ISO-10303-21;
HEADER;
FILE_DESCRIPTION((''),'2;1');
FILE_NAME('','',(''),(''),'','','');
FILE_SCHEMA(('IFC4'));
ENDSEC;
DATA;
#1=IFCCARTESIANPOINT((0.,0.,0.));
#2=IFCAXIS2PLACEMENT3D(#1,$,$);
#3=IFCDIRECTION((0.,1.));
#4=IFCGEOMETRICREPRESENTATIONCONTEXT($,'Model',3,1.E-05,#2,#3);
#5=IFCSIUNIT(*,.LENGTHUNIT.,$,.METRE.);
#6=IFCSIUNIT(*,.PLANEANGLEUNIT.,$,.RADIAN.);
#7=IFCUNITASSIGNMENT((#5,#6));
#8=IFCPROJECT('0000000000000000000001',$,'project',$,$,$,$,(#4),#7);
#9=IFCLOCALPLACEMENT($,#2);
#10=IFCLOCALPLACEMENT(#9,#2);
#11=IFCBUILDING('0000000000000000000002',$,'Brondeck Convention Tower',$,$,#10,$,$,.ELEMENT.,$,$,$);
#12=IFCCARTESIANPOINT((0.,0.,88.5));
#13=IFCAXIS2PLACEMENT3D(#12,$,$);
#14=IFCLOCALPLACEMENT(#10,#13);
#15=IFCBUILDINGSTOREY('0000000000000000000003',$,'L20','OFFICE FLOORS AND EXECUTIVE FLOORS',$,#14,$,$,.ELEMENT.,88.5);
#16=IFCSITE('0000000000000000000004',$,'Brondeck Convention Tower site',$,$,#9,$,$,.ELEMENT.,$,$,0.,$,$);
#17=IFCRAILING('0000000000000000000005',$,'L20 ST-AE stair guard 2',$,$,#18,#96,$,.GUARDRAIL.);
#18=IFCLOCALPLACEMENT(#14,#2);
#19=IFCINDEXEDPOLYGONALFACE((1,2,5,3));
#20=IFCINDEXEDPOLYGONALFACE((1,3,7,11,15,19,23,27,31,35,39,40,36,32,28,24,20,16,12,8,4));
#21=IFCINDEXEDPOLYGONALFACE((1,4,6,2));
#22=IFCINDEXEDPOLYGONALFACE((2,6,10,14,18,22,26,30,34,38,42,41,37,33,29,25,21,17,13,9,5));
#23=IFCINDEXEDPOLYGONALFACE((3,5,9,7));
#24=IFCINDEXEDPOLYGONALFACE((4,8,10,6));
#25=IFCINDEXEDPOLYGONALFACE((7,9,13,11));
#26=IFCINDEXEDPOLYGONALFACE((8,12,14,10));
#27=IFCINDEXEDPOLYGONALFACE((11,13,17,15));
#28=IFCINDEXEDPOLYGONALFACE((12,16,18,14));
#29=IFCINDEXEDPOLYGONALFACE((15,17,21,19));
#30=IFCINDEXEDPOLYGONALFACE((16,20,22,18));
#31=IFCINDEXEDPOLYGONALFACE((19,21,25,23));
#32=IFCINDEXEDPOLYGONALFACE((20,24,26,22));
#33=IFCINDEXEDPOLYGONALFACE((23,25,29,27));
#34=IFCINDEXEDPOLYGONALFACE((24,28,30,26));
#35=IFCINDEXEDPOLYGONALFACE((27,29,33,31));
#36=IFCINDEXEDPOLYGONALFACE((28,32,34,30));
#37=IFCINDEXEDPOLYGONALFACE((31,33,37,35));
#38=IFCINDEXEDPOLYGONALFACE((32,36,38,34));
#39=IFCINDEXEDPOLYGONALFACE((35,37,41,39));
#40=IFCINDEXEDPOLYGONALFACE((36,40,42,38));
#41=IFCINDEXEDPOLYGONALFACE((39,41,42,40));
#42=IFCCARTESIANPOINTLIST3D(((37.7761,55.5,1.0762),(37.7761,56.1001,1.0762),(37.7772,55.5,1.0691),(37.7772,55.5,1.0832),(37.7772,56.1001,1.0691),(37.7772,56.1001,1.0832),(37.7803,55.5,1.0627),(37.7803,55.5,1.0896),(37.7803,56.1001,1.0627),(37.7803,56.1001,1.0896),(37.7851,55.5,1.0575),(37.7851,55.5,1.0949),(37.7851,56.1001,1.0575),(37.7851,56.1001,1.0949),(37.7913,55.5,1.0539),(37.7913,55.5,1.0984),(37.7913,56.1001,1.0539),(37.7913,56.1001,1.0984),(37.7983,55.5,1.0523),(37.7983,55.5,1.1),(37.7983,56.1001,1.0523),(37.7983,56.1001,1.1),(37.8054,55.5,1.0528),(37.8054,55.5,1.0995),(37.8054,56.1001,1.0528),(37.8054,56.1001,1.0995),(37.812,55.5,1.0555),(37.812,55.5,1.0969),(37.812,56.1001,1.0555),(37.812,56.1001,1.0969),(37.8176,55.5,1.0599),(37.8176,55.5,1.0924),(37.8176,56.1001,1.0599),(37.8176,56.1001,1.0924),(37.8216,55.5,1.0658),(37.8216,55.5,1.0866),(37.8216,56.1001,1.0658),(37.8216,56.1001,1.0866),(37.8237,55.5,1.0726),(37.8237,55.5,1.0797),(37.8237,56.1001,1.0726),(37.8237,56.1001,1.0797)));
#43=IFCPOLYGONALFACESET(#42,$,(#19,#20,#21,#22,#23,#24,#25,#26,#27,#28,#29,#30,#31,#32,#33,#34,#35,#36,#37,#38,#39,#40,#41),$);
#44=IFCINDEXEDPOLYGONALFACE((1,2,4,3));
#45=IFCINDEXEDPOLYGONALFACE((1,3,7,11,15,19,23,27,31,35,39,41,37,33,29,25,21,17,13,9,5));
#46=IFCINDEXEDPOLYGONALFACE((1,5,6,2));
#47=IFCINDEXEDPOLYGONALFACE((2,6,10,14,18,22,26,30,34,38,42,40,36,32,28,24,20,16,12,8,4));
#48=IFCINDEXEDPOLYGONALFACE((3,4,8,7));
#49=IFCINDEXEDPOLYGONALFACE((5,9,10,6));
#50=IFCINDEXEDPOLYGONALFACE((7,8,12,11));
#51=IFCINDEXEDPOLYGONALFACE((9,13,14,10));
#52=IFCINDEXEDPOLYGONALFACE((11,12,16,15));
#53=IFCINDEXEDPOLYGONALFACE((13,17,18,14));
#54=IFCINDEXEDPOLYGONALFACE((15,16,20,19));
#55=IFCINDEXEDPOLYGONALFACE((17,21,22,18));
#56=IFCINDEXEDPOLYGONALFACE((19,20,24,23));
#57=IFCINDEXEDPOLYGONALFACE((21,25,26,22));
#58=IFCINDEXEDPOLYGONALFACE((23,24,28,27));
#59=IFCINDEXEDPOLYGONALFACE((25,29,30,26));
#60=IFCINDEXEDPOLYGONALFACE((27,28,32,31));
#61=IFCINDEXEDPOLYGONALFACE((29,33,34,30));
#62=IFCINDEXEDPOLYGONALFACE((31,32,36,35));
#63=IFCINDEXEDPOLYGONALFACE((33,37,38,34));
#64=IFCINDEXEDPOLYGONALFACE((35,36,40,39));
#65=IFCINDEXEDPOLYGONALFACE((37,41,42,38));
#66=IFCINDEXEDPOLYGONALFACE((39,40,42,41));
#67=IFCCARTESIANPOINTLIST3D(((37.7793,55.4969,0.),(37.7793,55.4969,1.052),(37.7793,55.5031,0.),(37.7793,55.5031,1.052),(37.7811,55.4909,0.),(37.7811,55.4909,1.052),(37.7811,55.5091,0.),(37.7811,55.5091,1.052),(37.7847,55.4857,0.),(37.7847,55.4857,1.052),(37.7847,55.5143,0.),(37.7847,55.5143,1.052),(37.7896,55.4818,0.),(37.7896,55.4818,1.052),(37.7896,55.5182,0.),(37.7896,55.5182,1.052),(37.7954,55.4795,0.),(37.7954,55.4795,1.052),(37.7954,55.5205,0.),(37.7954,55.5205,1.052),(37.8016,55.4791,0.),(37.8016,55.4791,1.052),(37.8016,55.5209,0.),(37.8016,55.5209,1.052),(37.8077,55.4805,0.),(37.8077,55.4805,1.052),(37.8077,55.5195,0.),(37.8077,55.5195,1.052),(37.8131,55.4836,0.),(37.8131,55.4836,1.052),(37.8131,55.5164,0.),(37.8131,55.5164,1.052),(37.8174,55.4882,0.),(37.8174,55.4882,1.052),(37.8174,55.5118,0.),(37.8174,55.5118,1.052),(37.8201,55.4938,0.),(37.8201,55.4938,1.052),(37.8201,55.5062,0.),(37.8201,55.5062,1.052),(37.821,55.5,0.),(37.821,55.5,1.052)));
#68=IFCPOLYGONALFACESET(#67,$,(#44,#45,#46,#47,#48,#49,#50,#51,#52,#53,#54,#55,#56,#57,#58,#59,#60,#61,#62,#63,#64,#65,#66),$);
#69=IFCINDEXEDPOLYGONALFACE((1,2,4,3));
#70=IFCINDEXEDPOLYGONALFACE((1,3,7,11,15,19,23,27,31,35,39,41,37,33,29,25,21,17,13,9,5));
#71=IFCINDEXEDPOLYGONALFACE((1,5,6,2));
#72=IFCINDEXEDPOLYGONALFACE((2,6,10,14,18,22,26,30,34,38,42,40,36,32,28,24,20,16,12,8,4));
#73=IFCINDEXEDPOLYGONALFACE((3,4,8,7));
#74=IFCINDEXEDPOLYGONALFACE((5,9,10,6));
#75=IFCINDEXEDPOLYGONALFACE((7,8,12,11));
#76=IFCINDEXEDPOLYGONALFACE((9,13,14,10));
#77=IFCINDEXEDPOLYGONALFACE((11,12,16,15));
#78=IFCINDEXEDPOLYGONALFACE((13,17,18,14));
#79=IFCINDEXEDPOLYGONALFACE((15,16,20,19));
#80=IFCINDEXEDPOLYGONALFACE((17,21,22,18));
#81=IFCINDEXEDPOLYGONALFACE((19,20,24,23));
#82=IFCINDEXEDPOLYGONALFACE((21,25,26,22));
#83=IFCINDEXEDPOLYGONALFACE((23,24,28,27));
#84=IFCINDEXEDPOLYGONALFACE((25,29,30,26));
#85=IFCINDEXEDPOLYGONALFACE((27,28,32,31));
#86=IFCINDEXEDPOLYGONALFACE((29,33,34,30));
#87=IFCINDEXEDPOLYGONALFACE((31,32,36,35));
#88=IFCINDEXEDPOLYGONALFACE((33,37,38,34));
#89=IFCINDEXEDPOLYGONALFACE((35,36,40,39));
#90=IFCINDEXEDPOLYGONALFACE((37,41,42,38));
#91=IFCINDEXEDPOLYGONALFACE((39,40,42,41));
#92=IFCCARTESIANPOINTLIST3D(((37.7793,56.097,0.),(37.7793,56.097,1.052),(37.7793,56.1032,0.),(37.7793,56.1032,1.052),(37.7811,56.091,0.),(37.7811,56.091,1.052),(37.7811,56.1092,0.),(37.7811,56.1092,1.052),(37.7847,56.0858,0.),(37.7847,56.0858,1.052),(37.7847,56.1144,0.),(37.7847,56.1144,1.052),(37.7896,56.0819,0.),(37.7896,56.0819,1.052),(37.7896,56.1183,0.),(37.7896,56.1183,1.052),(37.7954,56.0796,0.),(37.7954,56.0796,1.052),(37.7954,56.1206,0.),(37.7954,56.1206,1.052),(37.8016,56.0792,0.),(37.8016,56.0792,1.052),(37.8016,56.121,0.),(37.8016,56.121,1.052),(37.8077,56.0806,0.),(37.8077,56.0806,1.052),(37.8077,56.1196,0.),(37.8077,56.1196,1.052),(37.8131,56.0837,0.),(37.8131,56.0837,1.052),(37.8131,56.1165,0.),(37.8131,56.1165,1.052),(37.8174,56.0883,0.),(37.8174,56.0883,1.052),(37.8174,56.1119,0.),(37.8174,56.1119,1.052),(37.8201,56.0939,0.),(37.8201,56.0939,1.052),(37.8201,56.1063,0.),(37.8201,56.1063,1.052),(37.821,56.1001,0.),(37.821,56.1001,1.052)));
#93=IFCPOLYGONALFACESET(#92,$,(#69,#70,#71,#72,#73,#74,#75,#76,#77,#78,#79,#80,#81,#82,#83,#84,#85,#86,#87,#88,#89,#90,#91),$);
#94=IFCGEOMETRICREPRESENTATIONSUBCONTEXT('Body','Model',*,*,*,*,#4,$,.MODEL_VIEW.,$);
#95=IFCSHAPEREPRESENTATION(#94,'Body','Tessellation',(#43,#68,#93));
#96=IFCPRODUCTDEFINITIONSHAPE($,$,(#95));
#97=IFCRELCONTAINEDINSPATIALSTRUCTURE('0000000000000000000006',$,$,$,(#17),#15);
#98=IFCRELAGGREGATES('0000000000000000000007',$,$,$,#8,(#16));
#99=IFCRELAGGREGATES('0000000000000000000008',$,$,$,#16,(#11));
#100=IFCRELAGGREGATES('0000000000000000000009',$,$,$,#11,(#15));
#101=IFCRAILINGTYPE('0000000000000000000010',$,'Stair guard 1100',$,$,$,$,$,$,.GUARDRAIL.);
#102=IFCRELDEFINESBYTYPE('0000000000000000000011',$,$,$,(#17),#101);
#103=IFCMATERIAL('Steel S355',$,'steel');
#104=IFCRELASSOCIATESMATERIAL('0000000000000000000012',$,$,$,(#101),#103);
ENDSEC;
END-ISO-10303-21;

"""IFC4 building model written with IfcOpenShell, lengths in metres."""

from ifc_helpers import new_model, si_unit, direction, frame, origin, origin_2d, place, context, subcontext, project, spatial, circle, extrude, material, type_object, element, save


model = new_model("IFC4")

# Units and contexts
model_context = context("Model", 3, precision=1e-05, world=origin(), true_north=direction((0.0, 1.0)))
body_context = subcontext(model_context, "Body", "Model", "MODEL_VIEW")
ifc_project = project(units=[si_unit("LENGTHUNIT", "METRE"), si_unit("PLANEANGLEUNIT", "RADIAN")], contexts=[model_context])

# Site, building, storey
site_placement = place(None, origin())
site = spatial("IfcSite", under=ifc_project, at=site_placement, Name="Brondeck Convention Tower site", CompositionType="ELEMENT", RefElevation=0.0)
building_placement = place(site_placement, origin())
building = spatial("IfcBuilding", under=site, at=building_placement, Name="Brondeck Convention Tower", CompositionType="ELEMENT")
storey_placement = place(building_placement, frame((0.0, 0.0, 88.5)))
storey = spatial("IfcBuildingStorey", under=building, at=storey_placement, Name="L20", Description="OFFICE FLOORS AND EXECUTIVE FLOORS", CompositionType="ELEMENT", Elevation=88.5)

# Shared definitions
ifc_material_1 = material(Name="Steel S355", Category="steel")

# Railing
railing_type_1 = type_object("IfcRailingType", Name="Stair guard 1100", PredefinedType="GUARDRAIL", material=ifc_material_1)
railing_1_placement = place(storey_placement, frame((37.8, 55.5, 0.0)))
element("IfcRailing", 1, at=railing_1_placement, inside=storey, type_object=railing_type_1, Name="L20 ST-AE stair guard 2", PredefinedType="GUARDRAIL", context=body_context, shape_type="SweptSolid", body=[
    extrude(circle(Radius=0.0239, at=origin_2d()), frame((0.0, 0.0, 1.0762), z_axis=(0.0, 1.0, 0.0), x_axis=(-1.0, 0.0, 0.0)), (0.0, 0.0, 1.0), 0.6001),
    extrude(circle(Radius=0.021, at=origin_2d()), origin(), (0.0, 0.0, 1.0), 1.052),
    extrude(circle(Radius=0.021, at=origin_2d()), frame((0.0, 0.6001, 0.0)), (0.0, 0.0, 1.0), 1.052),
])

save(model, "model.ifc")
